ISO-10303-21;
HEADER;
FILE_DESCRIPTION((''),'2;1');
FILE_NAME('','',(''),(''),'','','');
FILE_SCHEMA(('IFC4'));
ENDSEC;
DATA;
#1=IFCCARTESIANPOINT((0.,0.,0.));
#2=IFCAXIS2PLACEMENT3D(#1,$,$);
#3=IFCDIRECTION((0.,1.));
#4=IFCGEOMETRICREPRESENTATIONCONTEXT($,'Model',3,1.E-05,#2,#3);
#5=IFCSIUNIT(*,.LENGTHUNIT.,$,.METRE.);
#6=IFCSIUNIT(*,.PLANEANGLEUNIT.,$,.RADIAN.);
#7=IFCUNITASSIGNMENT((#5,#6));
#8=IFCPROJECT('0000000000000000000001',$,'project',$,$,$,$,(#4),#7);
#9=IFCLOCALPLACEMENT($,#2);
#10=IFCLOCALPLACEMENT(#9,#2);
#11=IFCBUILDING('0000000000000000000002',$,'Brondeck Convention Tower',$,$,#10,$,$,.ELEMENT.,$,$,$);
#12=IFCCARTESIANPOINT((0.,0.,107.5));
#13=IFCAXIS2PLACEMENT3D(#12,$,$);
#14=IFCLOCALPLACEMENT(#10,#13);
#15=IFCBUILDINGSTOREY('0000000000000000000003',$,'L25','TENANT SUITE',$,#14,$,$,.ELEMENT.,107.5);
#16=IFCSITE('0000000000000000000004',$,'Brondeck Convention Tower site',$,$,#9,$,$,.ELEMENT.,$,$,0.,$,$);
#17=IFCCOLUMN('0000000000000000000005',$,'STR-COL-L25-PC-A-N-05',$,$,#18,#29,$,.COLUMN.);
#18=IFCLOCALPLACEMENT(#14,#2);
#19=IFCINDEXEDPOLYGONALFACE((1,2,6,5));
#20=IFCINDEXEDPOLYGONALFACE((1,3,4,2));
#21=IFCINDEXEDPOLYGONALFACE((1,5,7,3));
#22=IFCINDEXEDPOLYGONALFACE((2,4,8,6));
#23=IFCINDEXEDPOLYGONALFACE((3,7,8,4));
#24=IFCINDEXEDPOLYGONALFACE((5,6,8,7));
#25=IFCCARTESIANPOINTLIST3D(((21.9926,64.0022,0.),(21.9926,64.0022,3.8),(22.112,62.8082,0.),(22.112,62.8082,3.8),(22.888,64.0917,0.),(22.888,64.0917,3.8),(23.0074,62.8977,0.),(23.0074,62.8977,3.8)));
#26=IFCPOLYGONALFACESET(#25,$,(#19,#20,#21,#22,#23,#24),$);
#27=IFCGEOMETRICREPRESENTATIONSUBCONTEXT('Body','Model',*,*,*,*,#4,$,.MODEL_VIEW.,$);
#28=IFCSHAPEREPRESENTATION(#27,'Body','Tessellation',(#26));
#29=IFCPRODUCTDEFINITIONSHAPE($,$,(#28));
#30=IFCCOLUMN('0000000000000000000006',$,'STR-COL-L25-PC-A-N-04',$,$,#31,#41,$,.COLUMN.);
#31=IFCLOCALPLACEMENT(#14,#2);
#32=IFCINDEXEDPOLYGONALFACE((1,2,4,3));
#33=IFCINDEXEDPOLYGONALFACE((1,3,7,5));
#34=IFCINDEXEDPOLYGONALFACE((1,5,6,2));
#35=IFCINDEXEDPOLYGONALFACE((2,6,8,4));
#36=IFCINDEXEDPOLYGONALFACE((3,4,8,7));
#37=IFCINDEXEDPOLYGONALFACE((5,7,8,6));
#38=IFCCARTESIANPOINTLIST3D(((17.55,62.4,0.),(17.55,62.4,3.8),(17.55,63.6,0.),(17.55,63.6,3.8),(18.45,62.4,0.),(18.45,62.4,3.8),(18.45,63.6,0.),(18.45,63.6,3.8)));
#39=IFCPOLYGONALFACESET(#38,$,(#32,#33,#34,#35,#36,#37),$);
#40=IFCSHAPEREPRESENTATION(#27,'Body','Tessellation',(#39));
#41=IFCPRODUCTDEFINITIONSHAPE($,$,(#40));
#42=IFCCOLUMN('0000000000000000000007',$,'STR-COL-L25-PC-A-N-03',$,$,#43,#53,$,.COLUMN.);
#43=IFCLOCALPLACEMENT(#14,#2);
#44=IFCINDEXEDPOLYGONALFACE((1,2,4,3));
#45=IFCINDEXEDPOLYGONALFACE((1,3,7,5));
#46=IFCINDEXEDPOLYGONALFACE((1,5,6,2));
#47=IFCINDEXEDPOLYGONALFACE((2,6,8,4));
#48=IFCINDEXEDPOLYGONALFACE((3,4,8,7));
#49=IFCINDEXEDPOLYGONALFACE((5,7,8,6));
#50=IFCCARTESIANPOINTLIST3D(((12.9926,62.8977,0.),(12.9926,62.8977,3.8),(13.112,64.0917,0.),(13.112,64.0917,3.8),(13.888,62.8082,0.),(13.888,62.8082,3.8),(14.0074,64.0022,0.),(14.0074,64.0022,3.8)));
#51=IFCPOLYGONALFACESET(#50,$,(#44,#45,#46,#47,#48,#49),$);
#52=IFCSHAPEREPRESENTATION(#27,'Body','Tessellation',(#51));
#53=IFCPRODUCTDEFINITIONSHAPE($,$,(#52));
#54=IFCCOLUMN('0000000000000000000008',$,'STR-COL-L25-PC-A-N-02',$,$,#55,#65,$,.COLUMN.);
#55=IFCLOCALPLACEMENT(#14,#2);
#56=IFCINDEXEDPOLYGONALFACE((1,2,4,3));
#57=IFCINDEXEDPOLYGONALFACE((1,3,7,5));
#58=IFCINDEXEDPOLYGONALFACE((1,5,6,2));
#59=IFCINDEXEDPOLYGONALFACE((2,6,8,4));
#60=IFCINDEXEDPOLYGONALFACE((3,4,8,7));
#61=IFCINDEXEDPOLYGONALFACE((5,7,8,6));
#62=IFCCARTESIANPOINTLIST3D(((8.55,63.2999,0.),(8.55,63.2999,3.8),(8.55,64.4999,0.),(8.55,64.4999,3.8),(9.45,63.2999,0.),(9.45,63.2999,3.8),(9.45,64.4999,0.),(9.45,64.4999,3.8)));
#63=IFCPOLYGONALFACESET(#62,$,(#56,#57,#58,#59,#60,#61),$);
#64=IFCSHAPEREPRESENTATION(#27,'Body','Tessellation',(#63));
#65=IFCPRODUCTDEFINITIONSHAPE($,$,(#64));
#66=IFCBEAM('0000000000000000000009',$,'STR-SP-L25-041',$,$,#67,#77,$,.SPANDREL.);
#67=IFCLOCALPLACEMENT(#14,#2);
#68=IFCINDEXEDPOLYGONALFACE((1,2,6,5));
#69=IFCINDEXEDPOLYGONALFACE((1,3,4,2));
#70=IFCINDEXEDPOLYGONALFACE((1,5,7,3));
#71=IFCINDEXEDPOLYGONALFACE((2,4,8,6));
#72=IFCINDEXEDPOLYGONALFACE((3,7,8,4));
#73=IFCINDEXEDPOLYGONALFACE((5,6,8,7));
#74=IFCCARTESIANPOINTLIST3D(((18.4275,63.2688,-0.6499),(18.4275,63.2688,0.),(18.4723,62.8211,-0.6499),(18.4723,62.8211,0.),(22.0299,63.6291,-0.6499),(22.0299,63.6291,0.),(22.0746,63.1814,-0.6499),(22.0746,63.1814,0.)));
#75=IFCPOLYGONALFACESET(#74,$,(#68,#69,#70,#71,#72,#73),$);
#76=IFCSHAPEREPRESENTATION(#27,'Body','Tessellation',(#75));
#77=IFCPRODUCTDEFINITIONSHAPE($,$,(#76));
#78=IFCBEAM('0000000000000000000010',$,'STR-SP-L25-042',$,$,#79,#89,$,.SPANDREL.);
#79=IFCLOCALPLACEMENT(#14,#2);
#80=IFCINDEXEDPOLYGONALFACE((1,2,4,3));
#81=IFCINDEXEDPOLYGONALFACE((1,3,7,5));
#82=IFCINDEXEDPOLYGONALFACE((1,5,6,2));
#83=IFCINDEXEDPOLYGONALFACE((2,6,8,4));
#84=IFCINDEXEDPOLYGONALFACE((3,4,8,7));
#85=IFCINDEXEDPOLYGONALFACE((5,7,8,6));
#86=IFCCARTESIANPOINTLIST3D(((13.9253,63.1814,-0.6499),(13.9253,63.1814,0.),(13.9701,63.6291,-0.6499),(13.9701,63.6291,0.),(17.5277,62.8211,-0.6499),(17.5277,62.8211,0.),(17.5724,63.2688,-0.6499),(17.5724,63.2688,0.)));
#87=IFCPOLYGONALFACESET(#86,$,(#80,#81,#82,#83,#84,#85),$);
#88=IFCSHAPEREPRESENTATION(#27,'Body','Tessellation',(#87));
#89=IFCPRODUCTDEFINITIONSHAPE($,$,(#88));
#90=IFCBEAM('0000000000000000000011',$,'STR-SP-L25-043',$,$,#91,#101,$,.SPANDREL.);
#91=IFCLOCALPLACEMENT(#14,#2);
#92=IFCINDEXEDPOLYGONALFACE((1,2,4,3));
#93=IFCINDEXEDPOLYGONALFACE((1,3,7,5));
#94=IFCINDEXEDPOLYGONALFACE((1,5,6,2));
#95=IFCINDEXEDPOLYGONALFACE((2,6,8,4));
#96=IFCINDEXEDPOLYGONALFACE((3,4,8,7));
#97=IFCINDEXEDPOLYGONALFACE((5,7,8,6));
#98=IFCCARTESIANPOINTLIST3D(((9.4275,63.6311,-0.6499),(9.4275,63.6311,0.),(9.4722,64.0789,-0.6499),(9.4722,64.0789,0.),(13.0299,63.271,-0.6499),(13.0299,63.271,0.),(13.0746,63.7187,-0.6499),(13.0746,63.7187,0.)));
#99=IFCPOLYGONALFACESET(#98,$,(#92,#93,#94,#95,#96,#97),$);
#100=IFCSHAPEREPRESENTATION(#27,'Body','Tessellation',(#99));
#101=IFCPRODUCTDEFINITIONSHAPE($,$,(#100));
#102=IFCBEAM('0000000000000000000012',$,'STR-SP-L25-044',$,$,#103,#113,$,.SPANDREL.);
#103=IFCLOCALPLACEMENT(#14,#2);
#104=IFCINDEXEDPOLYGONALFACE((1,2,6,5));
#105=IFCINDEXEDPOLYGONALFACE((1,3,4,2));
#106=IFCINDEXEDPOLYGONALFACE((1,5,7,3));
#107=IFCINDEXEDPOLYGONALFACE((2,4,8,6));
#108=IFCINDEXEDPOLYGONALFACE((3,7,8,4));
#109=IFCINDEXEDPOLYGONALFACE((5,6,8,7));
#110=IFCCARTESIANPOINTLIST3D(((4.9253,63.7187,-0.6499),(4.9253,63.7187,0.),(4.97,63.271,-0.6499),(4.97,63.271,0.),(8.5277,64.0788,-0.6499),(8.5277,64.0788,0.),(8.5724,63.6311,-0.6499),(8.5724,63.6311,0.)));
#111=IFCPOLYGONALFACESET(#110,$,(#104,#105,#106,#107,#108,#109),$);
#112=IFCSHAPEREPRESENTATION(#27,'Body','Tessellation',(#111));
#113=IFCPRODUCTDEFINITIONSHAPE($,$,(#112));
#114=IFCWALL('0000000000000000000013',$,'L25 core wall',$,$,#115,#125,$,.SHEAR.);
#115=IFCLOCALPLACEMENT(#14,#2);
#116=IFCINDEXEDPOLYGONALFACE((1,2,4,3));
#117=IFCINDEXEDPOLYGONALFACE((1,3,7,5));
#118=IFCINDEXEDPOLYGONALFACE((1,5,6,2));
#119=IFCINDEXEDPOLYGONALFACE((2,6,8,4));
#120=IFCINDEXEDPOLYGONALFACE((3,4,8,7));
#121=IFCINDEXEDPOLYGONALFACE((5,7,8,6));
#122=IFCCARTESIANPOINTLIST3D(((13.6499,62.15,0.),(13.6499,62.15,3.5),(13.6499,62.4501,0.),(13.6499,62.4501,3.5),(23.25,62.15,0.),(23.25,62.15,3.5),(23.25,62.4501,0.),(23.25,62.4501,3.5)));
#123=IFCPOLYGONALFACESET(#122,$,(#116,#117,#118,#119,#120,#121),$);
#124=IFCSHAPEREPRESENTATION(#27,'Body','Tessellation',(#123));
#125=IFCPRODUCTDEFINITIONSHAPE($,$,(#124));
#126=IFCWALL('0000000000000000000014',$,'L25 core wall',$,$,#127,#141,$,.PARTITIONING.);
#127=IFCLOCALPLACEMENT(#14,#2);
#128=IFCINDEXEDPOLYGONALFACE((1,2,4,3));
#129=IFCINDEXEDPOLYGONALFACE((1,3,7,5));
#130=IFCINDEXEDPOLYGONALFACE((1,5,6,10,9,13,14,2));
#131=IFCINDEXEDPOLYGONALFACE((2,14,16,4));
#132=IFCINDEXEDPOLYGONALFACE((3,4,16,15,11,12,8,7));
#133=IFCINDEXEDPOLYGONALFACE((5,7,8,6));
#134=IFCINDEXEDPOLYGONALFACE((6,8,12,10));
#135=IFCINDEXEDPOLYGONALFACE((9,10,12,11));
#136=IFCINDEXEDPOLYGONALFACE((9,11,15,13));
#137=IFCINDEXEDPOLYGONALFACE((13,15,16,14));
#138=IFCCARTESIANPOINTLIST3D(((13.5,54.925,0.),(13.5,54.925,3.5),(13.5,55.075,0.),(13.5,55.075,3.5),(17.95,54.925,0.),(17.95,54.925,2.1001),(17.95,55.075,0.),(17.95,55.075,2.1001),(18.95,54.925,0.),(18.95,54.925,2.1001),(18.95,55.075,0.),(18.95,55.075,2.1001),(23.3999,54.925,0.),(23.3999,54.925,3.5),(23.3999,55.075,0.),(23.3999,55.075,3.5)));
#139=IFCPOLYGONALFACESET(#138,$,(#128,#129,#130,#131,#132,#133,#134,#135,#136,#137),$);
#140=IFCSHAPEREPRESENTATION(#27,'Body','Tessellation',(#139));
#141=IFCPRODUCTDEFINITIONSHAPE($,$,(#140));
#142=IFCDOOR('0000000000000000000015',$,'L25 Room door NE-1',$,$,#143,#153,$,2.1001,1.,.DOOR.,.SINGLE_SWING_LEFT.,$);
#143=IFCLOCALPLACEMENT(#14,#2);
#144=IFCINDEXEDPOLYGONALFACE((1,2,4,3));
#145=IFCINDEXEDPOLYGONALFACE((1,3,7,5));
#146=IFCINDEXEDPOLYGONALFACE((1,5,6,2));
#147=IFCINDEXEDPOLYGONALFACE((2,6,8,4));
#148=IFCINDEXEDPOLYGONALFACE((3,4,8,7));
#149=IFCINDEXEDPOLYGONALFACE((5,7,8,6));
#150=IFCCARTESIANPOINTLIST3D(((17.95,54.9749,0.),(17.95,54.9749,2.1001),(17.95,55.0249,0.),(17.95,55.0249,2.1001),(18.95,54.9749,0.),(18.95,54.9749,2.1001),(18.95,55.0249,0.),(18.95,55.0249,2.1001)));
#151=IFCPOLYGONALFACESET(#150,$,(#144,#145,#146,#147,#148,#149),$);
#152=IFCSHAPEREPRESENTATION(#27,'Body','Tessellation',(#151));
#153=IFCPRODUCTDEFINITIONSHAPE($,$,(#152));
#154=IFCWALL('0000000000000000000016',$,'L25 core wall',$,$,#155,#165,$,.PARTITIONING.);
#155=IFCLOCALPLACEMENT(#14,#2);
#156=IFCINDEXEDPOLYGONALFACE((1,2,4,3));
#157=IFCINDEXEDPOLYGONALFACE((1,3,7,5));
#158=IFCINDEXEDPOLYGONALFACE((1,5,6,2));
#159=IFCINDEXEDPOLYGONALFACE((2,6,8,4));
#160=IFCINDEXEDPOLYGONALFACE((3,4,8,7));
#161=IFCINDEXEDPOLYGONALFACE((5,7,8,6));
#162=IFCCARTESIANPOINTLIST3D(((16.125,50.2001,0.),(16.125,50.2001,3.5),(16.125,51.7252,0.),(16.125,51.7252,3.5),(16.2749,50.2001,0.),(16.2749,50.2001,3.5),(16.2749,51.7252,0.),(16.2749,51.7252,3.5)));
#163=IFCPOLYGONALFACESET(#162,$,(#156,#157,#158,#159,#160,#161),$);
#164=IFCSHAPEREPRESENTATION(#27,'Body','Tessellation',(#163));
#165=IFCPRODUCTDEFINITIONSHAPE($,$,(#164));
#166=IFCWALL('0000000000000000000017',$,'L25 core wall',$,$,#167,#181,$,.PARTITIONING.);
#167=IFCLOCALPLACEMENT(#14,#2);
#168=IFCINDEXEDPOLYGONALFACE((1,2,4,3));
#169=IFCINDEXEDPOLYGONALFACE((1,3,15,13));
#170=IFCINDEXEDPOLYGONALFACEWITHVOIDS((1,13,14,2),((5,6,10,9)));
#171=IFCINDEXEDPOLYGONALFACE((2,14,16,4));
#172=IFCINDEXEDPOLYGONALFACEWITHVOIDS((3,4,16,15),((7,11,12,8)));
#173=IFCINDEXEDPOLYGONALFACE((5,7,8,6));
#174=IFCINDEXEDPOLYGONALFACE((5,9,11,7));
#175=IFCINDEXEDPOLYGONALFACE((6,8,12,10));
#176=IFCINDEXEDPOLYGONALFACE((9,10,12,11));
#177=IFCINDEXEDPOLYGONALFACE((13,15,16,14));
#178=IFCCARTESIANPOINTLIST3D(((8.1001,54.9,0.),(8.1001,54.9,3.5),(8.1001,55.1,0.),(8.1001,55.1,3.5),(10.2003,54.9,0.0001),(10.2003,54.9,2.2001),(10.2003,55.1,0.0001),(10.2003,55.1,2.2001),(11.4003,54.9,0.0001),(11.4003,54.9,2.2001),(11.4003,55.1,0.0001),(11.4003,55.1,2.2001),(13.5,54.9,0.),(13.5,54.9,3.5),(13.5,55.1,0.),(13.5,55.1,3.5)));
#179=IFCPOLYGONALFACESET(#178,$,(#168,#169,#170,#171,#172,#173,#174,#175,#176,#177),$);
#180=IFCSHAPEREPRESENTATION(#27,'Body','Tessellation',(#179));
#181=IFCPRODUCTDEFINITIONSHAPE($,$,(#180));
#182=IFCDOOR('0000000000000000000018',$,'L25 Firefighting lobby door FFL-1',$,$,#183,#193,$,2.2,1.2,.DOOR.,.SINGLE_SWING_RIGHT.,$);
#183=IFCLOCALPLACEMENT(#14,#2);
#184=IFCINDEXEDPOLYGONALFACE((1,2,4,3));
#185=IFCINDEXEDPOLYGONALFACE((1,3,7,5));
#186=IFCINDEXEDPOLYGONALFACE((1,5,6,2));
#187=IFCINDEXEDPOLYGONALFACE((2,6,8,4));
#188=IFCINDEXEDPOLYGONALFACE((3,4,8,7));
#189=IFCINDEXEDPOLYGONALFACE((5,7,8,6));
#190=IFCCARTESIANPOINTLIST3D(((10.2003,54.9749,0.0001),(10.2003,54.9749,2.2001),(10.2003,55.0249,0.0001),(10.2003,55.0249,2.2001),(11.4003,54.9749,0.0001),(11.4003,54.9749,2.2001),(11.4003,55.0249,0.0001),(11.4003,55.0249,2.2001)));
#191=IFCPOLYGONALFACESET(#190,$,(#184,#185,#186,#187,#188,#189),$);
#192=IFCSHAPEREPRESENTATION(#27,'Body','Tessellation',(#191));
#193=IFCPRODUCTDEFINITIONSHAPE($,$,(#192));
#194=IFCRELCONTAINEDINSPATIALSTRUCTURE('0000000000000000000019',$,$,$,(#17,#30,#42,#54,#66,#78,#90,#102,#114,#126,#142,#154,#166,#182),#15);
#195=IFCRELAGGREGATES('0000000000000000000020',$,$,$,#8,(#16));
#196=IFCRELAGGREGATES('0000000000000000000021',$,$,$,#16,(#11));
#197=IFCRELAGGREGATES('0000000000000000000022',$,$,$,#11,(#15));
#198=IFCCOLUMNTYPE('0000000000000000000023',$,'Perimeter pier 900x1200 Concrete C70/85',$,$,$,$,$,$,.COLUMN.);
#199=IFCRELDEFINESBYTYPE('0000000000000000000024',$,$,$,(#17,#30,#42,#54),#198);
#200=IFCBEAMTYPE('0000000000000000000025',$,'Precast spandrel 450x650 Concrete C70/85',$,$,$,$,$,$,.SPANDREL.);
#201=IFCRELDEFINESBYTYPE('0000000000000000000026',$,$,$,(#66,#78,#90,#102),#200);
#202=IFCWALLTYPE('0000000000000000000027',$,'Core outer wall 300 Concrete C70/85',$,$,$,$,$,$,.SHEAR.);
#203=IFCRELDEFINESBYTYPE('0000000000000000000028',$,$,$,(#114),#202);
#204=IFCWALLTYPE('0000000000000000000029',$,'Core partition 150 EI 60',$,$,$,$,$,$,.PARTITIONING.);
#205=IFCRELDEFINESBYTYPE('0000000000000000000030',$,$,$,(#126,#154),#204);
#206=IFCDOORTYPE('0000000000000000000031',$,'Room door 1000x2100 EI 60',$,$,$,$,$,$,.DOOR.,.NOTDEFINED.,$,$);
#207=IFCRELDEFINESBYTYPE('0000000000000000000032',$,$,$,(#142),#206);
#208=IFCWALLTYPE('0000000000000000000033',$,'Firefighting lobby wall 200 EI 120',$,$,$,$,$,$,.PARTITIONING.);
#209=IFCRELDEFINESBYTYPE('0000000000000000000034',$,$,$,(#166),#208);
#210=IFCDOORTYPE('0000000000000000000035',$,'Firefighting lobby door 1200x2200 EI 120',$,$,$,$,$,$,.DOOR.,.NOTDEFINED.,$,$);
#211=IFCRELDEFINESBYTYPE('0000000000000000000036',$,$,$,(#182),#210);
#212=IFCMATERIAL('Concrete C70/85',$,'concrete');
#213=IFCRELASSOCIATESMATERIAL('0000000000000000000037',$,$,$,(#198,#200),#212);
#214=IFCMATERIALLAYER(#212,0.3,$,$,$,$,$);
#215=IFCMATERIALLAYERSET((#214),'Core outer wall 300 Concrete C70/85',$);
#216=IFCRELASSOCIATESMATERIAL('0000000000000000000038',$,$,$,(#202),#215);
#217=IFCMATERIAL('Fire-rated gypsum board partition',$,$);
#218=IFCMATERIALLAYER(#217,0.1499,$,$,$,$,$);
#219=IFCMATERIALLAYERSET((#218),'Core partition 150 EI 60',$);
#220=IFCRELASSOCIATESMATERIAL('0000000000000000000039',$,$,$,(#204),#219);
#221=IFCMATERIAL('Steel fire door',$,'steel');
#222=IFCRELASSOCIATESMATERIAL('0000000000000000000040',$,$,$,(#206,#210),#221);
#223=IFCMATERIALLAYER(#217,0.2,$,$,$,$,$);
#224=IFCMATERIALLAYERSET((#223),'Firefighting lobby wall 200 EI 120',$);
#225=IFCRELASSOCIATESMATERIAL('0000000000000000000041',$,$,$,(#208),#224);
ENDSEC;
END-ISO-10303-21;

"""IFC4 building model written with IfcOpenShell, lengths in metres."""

from ifc_helpers import new_model, si_unit, direction, frame, frame_2d, origin, origin_2d, place, context, subcontext, project, spatial, rectangle, extrude, material, layer, layer_set, material_profile, profile_set, type_object, element, fill, save


model = new_model("IFC4")

# Units and contexts
model_context = context("Model", 3, precision=1e-05, world=origin(), true_north=direction((0.0, 1.0)))
body_context = subcontext(model_context, "Body", "Model", "MODEL_VIEW")
ifc_project = project(units=[si_unit("LENGTHUNIT", "METRE"), si_unit("PLANEANGLEUNIT", "RADIAN")], contexts=[model_context])

# Site, building, storey
site_placement = place(None, origin())
site = spatial("IfcSite", under=ifc_project, at=site_placement, Name="Brondeck Convention Tower site", CompositionType="ELEMENT", RefElevation=0.0)
building_placement = place(site_placement, origin())
building = spatial("IfcBuilding", under=site, at=building_placement, Name="Brondeck Convention Tower", CompositionType="ELEMENT")
storey_placement = place(building_placement, frame((0.0, 0.0, 107.5)))
storey = spatial("IfcBuildingStorey", under=building, at=storey_placement, Name="L25", Description="TENANT SUITE", CompositionType="ELEMENT", Elevation=107.5)

# Columns
ifc_material_1 = material(Name="Concrete C70/85", Category="concrete")
ifc_material_profile_1 = material_profile(ifc_material_1, rectangle(XDim=0.8999, YDim=1.2, at=origin_2d()), Name="Perimeter pier 900x1200 Concrete C70/85")
ifc_profile_set_1 = profile_set([ifc_material_profile_1], Name="Concrete C70/85")
column_type = type_object("IfcColumnType", Name="Perimeter pier 900x1200 Concrete C70/85", PredefinedType="COLUMN", material=ifc_profile_set_1)
for number, where, z_axis, x_axis, name in (
    (1, (22.5, 63.45, 0.0), (0.0, 0.0, 1.0), (-0.995037, -0.099504, 0.0), "STR-COL-L25-PC-A-N-05"),
    (2, (18.0, 63.0, 0.0), (0.0, 0.0, 1.0), (-1.0, 0.0, 0.0), "STR-COL-L25-PC-A-N-04"),
    (3, (13.5, 63.45, 0.0), (0.0, 0.0, 1.0), (-0.995037, 0.099504, 0.0), "STR-COL-L25-PC-A-N-03"),
    (4, (9.0, 63.8999, 0.0), (0.0, 0.0, 1.0), (-1.0, 0.0, 0.0), "STR-COL-L25-PC-A-N-02"),
):
    element("IfcColumn", number, at=place(storey_placement, frame(where, z_axis=z_axis, x_axis=x_axis)), inside=storey, type_object=column_type, Name=name, PredefinedType="COLUMN", context=body_context, shape_type="SweptSolid", body=[
        extrude(rectangle(XDim=0.8999, YDim=1.2, at=origin_2d()), origin(), (0.0, 0.0, 1.0), 3.8),
    ])

# Beams
ifc_material_profile_2 = material_profile(ifc_material_1, rectangle(XDim=0.45, YDim=0.6499, at=origin_2d()), Name="Precast spandrel 450x650 Concrete C70/85")
ifc_profile_set_2 = profile_set([ifc_material_profile_2], Name="Concrete C70/85")
beam_type = type_object("IfcBeamType", Name="Precast spandrel 450x650 Concrete C70/85", PredefinedType="SPANDREL", material=ifc_profile_set_2)
for number, where, z_axis, x_axis, name in (
    (5, (22.0522, 63.4053, -0.325), (-0.995034, -0.099537, 0.0), (0.099537, -0.995034, 0.0), "STR-SP-L25-041"),
    (6, (17.55, 63.0449, -0.325), (-0.995034, 0.099537, 0.0), (-0.099537, -0.995034, 0.0), "STR-SP-L25-042"),
    (7, (13.0522, 63.4949, -0.325), (-0.995041, 0.09947, 0.0), (-0.09947, -0.995041, 0.0), "STR-SP-L25-043"),
    (8, (8.55, 63.855, -0.325), (-0.995041, -0.09947, 0.0), (0.09947, -0.995041, 0.0), "STR-SP-L25-044"),
):
    element("IfcBeam", number, at=place(storey_placement, frame(where, z_axis=z_axis, x_axis=x_axis)), inside=storey, type_object=beam_type, Name=name, PredefinedType="SPANDREL", context=body_context, shape_type="SweptSolid", body=[
        extrude(rectangle(XDim=0.45, YDim=0.6499, at=origin_2d()), origin(), (0.0, 0.0, 1.0), 3.6204),
    ])

# Wall
ifc_layer_1 = layer(ifc_material_1, 0.3)
ifc_layer_set_1 = layer_set([ifc_layer_1], Name="Core outer wall 300 Concrete C70/85")
wall_type_1 = type_object("IfcWallType", Name="Core outer wall 300 Concrete C70/85", PredefinedType="SHEAR", material=ifc_layer_set_1)
wall_1_placement = place(storey_placement, frame((13.6499, 62.3, 0.0), z_axis=(0.0, 0.0, 1.0), x_axis=(1.0, 0.0, 0.0)))
element("IfcWall", 9, at=wall_1_placement, inside=storey, type_object=wall_type_1, Name="L25 core wall", PredefinedType="SHEAR", context=body_context, shape_type="SweptSolid", body=[
    extrude(rectangle(XDim=9.6001, YDim=0.3, at=frame_2d((4.8, 0.0))), origin(), (0.0, 0.0, 1.0), 3.5),
])

# Wall, opening, door
ifc_material_2 = material(Name="Fire-rated gypsum board partition")
ifc_layer_2 = layer(ifc_material_2, 0.1499)
ifc_layer_set_2 = layer_set([ifc_layer_2], Name="Core partition 150 EI 60")
wall_type_2 = type_object("IfcWallType", Name="Core partition 150 EI 60", PredefinedType="PARTITIONING", material=ifc_layer_set_2)
wall_2_placement = place(storey_placement, frame((13.5, 55.0, 0.0), z_axis=(0.0, 0.0, 1.0), x_axis=(1.0, 0.0, 0.0)))
wall_2 = element("IfcWall", 10, at=wall_2_placement, inside=storey, type_object=wall_type_2, Name="L25 core wall", PredefinedType="PARTITIONING", context=body_context, shape_type="SweptSolid", body=[
    extrude(rectangle(XDim=9.8999, YDim=0.1499, at=frame_2d((4.95, 0.0))), origin(), (0.0, 0.0, 1.0), 3.5),
])
opening_1_placement = place(wall_2_placement, frame((4.45, 0.0, 0.0)))
opening_1 = element("IfcOpeningElement", 11, at=opening_1_placement, cuts=wall_2, PredefinedType="OPENING", context=body_context, shape_type="SweptSolid", body=[
    extrude(rectangle(XDim=1.0, YDim=2.1001, at=frame_2d((0.5, 1.05))), frame((0.0, 0.085, 0.0), z_axis=(0.0, -1.0, 0.0), x_axis=(1.0, 0.0, 0.0)), (0.0, 0.0, 1.0), 0.1699),
])
ifc_material_3 = material(Name="Steel fire door", Category="steel")
door_type_1 = type_object("IfcDoorType", Name="Room door 1000x2100 EI 60", OperationType="NOTDEFINED", PredefinedType="DOOR", material=ifc_material_3)
door_1_placement = place(opening_1_placement, origin())
door_1 = element("IfcDoor", 12, at=door_1_placement, inside=storey, type_object=door_type_1, Name="L25 Room door NE-1", OperationType="SINGLE_SWING_LEFT", OverallHeight=2.1001, OverallWidth=1.0, PredefinedType="DOOR", context=body_context, shape_type="SweptSolid", body=[
    extrude(rectangle(XDim=1.0, YDim=2.1001, at=frame_2d((0.5, 1.05))), frame((0.0, 0.0249, 0.0), z_axis=(0.0, -1.0, 0.0), x_axis=(1.0, 0.0, 0.0)), (0.0, 0.0, 1.0), 0.05),
])
fill(opening_1, door_1)

# Wall
wall_3_placement = place(storey_placement, frame((16.2, 50.2, 0.0), z_axis=(0.0, 0.0, 1.0), x_axis=(0.0, 1.0, 0.0)))
element("IfcWall", 13, at=wall_3_placement, inside=storey, type_object=wall_type_2, Name="L25 core wall", PredefinedType="PARTITIONING", context=body_context, shape_type="SweptSolid", body=[
    extrude(rectangle(XDim=1.5251, YDim=0.1499, at=frame_2d((0.7627, 0.0))), origin(), (0.0, 0.0, 1.0), 3.5),
])

# Wall, opening, door
ifc_layer_3 = layer(ifc_material_2, 0.2)
ifc_layer_set_3 = layer_set([ifc_layer_3], Name="Firefighting lobby wall 200 EI 120")
wall_type_3 = type_object("IfcWallType", Name="Firefighting lobby wall 200 EI 120", PredefinedType="PARTITIONING", material=ifc_layer_set_3)
wall_4_placement = place(storey_placement, frame((8.1001, 55.0, 0.0), z_axis=(0.0, 0.0, 1.0), x_axis=(1.0, 0.0, 0.0)))
wall_4 = element("IfcWall", 14, at=wall_4_placement, inside=storey, type_object=wall_type_3, Name="L25 core wall", PredefinedType="PARTITIONING", context=body_context, shape_type="SweptSolid", body=[
    extrude(rectangle(XDim=5.3999, YDim=0.2, at=frame_2d((2.7, 0.0))), origin(), (0.0, 0.0, 1.0), 3.5),
])
opening_2_placement = place(wall_4_placement, frame((2.1001, 0.0, 0.0)))
opening_2 = element("IfcOpeningElement", 15, at=opening_2_placement, cuts=wall_4, PredefinedType="OPENING", context=body_context, shape_type="SweptSolid", body=[
    extrude(rectangle(XDim=1.2, YDim=2.2, at=frame_2d((0.6001, 1.1001))), frame((0.0, 0.1099, 0.0), z_axis=(0.0, -1.0, 0.0), x_axis=(1.0, 0.0, 0.0)), (0.0, 0.0, 1.0), 0.22),
])
door_type_2 = type_object("IfcDoorType", Name="Firefighting lobby door 1200x2200 EI 120", OperationType="NOTDEFINED", PredefinedType="DOOR", material=ifc_material_3)
door_2_placement = place(opening_2_placement, origin())
door_2 = element("IfcDoor", 16, at=door_2_placement, inside=storey, type_object=door_type_2, Name="L25 Firefighting lobby door FFL-1", OperationType="SINGLE_SWING_RIGHT", OverallHeight=2.2, OverallWidth=1.2, PredefinedType="DOOR", context=body_context, shape_type="SweptSolid", body=[
    extrude(rectangle(XDim=1.2, YDim=2.2, at=frame_2d((0.6001, 1.1001))), frame((0.0, 0.0249, 0.0), z_axis=(0.0, -1.0, 0.0), x_axis=(1.0, 0.0, 0.0)), (0.0, 0.0, 1.0), 0.05),
])
fill(opening_2, door_2)

save(model, "model.ifc")
